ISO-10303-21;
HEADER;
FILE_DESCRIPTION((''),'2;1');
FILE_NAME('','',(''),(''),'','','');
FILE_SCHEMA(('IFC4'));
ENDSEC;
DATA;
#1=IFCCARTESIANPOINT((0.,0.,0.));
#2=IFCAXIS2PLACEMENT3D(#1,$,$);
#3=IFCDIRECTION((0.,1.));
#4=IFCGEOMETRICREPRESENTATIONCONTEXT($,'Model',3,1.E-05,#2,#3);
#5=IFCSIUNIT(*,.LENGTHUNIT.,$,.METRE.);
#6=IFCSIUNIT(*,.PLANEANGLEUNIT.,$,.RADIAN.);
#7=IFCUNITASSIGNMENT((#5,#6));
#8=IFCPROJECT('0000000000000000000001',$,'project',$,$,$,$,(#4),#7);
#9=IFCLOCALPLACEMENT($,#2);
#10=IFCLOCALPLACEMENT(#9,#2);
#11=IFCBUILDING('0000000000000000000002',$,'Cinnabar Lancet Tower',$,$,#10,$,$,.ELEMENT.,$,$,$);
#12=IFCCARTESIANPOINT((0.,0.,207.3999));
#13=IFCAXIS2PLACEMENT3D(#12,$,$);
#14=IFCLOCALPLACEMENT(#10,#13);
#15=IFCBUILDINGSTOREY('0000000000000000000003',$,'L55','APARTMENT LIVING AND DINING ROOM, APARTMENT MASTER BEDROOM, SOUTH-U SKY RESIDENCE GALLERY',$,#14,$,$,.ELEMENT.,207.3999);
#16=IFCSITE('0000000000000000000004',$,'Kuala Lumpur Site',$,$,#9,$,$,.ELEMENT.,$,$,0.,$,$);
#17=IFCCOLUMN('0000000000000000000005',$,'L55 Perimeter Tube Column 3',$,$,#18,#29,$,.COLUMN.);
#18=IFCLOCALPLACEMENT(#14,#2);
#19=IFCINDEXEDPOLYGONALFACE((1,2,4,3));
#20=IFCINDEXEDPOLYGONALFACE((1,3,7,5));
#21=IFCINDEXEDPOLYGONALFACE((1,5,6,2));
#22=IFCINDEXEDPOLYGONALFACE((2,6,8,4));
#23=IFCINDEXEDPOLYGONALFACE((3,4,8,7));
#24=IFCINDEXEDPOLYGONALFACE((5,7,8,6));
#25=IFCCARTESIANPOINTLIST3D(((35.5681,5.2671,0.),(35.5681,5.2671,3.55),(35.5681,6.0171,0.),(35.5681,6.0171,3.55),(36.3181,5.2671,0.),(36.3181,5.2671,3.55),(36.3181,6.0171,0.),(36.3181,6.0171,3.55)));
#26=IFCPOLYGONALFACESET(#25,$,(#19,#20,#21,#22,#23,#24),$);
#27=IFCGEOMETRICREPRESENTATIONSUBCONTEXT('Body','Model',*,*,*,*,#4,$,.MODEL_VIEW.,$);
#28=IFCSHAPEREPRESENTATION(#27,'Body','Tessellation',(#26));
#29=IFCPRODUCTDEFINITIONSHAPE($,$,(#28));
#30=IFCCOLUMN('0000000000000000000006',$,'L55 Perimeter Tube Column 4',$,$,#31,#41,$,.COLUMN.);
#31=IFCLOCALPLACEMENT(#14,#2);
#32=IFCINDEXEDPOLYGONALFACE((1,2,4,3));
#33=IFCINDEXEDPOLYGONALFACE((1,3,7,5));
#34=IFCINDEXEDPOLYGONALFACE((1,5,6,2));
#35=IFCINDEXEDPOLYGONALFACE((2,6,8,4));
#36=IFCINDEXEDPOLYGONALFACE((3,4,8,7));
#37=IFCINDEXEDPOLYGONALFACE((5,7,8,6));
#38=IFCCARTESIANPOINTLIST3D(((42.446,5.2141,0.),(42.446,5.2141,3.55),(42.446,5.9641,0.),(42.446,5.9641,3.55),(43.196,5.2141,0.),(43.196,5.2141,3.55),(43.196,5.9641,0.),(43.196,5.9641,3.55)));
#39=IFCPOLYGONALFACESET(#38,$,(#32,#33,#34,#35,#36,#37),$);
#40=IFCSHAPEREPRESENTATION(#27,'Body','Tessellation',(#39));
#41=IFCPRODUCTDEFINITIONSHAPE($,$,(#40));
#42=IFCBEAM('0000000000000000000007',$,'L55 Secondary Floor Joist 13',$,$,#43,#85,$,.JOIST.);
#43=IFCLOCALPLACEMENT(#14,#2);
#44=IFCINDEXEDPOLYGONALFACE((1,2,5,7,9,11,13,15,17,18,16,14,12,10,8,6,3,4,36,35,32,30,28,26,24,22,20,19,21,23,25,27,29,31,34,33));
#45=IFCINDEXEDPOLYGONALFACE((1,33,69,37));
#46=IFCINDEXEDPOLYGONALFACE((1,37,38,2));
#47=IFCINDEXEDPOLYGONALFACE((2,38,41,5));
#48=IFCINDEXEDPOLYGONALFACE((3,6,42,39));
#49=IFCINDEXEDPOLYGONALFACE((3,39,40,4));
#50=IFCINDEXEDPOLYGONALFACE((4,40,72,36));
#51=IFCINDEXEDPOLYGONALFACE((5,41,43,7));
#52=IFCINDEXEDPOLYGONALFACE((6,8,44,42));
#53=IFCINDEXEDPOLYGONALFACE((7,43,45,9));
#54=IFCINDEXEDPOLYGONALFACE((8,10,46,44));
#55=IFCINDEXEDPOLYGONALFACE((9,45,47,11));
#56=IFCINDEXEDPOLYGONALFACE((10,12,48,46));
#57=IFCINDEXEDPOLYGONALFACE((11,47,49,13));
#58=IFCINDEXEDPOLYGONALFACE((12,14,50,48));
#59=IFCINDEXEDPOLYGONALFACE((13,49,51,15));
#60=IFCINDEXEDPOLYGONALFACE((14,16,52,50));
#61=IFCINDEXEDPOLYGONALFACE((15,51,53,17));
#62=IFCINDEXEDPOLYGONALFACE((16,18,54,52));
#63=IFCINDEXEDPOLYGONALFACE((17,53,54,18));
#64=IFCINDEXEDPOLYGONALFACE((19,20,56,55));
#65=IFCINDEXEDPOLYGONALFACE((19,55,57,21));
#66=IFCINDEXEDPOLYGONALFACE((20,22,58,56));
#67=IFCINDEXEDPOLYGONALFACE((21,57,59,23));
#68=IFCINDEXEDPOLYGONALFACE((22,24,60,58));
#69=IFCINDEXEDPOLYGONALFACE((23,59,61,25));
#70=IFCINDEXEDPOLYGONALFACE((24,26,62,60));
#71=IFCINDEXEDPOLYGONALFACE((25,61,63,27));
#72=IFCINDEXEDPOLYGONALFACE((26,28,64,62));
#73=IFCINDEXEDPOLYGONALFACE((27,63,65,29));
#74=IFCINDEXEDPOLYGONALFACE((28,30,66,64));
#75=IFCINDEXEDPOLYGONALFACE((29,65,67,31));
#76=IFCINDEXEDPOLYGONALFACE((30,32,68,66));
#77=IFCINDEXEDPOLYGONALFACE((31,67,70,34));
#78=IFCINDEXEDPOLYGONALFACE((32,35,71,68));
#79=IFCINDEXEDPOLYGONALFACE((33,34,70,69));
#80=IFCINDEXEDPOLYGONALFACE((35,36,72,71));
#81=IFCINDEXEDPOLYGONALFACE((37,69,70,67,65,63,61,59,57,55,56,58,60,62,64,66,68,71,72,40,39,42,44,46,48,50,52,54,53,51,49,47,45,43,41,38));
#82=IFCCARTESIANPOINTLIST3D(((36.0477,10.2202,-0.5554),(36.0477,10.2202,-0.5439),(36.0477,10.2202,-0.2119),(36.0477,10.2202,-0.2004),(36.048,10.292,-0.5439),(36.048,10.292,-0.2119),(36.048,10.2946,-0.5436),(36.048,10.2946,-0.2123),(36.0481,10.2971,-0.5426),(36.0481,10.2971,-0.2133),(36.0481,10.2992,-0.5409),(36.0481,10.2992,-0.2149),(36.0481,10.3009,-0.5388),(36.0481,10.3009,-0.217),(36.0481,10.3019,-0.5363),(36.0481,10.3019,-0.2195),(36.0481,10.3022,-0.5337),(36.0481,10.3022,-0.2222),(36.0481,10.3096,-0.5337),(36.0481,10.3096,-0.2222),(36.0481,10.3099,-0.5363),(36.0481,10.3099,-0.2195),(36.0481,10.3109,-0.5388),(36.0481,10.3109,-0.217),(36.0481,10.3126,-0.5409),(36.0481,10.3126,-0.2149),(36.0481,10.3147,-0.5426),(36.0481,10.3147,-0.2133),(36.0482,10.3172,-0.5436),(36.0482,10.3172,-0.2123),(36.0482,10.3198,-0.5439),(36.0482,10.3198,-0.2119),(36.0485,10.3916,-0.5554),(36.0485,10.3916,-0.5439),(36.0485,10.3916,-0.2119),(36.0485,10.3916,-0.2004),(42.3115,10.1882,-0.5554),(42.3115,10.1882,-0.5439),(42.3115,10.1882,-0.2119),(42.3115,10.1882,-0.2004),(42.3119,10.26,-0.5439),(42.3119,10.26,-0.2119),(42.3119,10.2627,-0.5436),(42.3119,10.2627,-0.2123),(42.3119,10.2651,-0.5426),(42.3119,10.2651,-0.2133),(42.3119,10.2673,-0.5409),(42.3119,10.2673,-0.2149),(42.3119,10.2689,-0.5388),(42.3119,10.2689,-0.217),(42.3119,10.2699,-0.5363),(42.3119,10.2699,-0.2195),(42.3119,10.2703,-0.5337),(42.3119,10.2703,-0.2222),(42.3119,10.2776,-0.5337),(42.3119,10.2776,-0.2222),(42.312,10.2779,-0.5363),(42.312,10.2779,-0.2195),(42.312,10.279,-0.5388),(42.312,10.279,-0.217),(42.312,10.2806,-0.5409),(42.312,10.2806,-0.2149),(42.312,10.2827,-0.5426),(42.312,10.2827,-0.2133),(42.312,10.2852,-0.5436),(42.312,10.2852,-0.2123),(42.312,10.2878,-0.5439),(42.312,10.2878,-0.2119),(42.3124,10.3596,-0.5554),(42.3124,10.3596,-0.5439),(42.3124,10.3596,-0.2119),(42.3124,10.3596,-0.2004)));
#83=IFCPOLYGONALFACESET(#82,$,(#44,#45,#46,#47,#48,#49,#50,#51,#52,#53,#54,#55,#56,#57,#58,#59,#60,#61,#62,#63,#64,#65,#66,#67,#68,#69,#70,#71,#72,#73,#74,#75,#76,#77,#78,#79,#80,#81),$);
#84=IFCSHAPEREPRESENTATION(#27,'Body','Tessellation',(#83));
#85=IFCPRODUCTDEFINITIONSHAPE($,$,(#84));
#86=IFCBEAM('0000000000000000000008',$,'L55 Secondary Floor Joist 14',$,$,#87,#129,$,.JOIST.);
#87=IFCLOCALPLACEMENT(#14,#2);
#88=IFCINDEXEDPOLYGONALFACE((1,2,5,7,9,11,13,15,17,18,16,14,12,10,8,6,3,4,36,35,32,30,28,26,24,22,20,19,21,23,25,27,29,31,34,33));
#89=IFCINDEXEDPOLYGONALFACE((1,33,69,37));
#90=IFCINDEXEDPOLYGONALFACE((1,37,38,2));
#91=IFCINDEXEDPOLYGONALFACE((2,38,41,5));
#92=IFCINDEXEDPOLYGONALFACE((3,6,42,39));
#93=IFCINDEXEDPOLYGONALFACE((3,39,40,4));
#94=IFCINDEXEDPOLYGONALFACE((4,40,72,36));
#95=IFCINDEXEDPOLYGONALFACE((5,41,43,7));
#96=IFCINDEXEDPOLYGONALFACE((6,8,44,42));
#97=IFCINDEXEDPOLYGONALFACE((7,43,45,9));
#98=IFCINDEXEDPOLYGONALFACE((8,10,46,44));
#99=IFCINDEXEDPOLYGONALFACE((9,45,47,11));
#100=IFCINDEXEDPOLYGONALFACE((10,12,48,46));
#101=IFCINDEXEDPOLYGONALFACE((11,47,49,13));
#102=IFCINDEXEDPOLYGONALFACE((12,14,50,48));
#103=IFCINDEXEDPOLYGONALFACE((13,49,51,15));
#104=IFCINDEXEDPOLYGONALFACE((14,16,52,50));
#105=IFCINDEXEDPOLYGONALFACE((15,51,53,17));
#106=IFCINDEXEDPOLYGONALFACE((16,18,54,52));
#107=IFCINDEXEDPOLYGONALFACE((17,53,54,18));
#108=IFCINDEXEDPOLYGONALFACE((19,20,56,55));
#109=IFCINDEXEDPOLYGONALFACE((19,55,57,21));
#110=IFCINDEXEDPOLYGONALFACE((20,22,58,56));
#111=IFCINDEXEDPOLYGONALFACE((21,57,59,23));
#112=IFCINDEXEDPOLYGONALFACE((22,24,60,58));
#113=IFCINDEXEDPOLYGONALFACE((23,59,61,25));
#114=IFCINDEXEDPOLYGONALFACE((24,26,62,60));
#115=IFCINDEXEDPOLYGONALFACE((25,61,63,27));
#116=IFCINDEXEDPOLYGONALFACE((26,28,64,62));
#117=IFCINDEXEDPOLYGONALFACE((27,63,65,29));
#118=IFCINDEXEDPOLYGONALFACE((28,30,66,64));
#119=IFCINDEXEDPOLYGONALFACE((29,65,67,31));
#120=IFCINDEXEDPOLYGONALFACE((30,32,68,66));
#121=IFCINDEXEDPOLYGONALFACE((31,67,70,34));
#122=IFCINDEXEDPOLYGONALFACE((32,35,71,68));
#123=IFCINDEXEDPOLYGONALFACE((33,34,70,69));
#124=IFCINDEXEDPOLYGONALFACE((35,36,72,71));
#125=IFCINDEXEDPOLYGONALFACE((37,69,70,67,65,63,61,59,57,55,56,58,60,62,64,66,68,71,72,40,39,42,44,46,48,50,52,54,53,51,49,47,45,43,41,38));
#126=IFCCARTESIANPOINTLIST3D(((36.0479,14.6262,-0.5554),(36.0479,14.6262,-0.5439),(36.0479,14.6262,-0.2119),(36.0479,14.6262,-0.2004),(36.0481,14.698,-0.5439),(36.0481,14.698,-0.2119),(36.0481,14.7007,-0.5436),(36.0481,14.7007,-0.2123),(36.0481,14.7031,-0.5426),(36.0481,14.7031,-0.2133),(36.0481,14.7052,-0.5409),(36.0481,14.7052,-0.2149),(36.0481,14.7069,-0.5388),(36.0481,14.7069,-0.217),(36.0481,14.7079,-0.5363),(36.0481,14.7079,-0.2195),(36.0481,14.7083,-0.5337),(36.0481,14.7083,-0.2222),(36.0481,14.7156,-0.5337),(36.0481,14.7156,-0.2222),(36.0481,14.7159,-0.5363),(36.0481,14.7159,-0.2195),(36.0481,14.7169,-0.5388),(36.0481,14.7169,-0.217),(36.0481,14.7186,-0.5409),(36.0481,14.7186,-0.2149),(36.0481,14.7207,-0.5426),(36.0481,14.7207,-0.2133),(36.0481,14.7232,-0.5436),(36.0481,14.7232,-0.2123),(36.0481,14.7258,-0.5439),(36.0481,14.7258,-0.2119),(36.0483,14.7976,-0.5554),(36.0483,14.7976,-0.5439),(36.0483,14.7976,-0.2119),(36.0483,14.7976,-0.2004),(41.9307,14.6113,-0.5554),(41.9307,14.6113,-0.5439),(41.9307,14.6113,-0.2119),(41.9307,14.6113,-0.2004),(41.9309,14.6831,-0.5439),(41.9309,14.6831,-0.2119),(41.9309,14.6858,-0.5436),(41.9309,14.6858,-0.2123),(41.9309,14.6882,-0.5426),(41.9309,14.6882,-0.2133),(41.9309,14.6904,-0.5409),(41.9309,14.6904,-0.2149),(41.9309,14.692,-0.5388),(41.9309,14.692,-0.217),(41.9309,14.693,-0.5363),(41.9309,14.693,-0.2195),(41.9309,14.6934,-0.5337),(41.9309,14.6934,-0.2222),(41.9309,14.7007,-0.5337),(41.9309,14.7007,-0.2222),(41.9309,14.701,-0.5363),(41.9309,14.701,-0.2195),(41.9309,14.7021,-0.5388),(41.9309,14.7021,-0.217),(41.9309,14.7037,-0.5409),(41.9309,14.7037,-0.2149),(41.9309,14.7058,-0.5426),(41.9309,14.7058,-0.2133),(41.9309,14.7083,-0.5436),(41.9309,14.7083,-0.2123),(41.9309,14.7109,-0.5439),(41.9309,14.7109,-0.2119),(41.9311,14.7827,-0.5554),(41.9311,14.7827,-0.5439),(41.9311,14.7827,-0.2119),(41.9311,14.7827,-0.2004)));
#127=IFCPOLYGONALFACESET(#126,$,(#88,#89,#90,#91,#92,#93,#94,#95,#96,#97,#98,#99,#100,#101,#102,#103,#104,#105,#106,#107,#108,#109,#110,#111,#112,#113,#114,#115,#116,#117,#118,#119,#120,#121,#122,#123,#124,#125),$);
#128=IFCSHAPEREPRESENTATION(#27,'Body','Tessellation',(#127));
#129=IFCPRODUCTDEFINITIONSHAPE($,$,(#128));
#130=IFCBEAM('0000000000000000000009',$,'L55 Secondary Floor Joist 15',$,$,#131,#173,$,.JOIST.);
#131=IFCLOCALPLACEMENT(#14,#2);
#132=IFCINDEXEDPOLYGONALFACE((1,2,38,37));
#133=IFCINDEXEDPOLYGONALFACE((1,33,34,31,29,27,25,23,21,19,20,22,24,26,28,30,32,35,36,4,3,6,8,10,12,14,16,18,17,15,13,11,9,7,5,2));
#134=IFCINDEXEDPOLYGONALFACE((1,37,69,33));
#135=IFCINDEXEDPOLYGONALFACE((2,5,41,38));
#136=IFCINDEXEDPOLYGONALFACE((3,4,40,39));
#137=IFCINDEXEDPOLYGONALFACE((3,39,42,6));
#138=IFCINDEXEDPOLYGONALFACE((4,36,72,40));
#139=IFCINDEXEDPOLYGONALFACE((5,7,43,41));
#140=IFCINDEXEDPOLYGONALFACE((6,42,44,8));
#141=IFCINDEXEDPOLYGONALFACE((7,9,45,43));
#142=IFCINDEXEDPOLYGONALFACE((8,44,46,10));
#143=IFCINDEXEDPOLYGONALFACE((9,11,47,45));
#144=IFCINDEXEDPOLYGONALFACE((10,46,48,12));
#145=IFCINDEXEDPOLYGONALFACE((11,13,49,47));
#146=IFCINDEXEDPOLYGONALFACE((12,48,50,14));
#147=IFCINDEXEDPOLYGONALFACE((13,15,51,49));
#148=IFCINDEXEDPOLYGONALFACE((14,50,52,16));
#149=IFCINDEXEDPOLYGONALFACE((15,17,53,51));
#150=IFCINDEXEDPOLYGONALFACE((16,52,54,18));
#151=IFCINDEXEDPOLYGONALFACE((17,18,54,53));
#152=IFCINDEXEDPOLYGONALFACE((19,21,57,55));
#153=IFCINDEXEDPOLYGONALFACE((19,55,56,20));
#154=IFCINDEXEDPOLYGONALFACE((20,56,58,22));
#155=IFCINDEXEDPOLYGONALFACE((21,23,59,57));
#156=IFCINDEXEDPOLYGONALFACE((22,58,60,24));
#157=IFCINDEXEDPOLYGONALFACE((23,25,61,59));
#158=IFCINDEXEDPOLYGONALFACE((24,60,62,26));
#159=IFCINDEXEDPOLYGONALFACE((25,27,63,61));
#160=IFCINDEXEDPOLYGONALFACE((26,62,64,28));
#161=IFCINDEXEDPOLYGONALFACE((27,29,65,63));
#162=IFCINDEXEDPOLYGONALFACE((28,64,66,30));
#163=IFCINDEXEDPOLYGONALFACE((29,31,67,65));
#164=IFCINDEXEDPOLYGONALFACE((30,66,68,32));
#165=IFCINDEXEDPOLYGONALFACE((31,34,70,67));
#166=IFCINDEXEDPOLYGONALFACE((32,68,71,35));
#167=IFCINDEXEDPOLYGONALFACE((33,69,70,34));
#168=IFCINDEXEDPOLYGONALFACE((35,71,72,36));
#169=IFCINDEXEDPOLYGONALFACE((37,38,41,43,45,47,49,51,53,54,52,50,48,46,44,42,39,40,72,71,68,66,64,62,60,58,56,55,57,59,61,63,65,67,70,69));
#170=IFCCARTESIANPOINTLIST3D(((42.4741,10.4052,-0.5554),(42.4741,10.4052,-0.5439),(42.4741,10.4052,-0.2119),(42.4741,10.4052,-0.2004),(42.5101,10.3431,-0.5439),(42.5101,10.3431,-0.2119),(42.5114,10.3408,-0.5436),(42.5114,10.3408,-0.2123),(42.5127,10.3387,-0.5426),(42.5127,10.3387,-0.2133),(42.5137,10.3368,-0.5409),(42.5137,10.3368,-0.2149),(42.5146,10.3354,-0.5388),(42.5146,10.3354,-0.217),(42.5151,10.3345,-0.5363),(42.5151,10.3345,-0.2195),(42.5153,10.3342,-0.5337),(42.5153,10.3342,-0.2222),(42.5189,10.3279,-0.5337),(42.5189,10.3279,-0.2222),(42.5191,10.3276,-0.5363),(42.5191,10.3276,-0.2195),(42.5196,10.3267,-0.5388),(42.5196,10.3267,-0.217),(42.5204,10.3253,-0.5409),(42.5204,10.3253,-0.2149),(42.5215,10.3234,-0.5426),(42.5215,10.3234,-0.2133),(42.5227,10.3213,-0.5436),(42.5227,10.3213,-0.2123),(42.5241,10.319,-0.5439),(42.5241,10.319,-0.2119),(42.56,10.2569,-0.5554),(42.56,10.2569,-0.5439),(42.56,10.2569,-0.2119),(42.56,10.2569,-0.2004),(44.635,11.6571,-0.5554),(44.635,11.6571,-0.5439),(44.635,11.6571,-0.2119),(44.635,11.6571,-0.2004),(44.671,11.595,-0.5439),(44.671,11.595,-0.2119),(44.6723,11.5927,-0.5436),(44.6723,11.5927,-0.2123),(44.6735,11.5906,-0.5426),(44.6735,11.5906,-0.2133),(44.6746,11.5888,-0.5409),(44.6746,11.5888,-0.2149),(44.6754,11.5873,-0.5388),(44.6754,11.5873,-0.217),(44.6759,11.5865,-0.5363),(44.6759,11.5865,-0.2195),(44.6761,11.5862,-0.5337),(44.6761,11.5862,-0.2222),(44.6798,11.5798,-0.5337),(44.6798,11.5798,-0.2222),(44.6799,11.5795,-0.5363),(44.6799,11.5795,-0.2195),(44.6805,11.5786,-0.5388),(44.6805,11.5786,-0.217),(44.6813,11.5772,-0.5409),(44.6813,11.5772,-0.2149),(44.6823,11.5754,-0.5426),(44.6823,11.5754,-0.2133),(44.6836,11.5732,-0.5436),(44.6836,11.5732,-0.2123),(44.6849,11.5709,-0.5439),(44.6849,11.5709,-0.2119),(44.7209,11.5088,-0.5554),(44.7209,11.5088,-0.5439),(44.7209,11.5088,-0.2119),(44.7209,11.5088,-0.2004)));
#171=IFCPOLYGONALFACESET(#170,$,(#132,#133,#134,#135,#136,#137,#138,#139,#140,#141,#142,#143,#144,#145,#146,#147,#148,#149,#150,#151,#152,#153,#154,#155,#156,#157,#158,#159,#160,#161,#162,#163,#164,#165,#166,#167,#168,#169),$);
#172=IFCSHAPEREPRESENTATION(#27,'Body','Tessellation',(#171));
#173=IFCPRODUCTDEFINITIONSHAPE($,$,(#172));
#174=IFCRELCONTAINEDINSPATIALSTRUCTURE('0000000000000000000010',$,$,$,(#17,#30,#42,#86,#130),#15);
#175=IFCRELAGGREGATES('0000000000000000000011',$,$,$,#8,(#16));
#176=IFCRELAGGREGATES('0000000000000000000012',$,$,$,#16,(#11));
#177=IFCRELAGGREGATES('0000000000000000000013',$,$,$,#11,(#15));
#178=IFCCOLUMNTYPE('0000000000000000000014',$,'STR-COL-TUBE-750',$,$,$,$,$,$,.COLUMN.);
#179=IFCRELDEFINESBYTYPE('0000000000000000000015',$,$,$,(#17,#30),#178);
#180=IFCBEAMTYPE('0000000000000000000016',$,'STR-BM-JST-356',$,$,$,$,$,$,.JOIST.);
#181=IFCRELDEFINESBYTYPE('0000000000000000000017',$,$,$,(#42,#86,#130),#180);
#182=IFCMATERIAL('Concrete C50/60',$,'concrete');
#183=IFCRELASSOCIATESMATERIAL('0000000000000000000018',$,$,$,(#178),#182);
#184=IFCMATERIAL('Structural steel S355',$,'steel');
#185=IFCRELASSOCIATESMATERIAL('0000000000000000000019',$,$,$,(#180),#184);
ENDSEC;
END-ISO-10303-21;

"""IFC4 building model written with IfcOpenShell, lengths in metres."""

from ifc_helpers import new_model, si_unit, direction, frame, origin, origin_2d, place, context, subcontext, project, spatial, rectangle, i_section, extrude, material, material_profile, profile_set, type_object, element, save


model = new_model("IFC4")

# Units and contexts
model_context = context("Model", 3, precision=1e-05, world=origin(), true_north=direction((0.0, 1.0)))
body_context = subcontext(model_context, "Body", "Model", "MODEL_VIEW")
ifc_project = project(units=[si_unit("LENGTHUNIT", "METRE"), si_unit("PLANEANGLEUNIT", "RADIAN")], contexts=[model_context])

# Site, building, storey
site_placement = place(None, origin())
site = spatial("IfcSite", under=ifc_project, at=site_placement, Name="Kuala Lumpur Site", CompositionType="ELEMENT", RefElevation=0.0)
building_placement = place(site_placement, origin())
building = spatial("IfcBuilding", under=site, at=building_placement, Name="Cinnabar Lancet Tower", CompositionType="ELEMENT")
storey_placement = place(building_placement, frame((0.0, 0.0, 207.3999)))
storey = spatial("IfcBuildingStorey", under=building, at=storey_placement, Name="L55", Description="APARTMENT LIVING AND DINING ROOM, APARTMENT MASTER BEDROOM, SOUTH-U SKY RESIDENCE GALLERY", CompositionType="ELEMENT", Elevation=207.3999)

# Columns
ifc_material_1 = material(Name="Concrete C50/60", Category="concrete")
ifc_material_profile_1 = material_profile(ifc_material_1, rectangle(XDim=0.75, YDim=0.75, at=origin_2d()), Name="RC-COL 750x750")
ifc_profile_set_1 = profile_set([ifc_material_profile_1], Name="Concrete C50/60")
column_type = type_object("IfcColumnType", Name="STR-COL-TUBE-750", PredefinedType="COLUMN", material=ifc_profile_set_1)
for number, where, z_axis, x_axis, name in (
    (1, (35.9431, 5.6421, 0.0), (0.0, 0.0, 1.0), (1.0, 0.0, 0.0), "L55 Perimeter Tube Column 3"),
    (2, (42.821, 5.5891, 0.0), (0.0, 0.0, 1.0), (1.0, 0.0, 0.0), "L55 Perimeter Tube Column 4"),
):
    element("IfcColumn", number, at=place(storey_placement, frame(where, z_axis=z_axis, x_axis=x_axis)), inside=storey, type_object=column_type, Name=name, PredefinedType="COLUMN", context=body_context, shape_type="SweptSolid", body=[
        extrude(rectangle(XDim=0.75, YDim=0.75, at=origin_2d()), origin(), (0.0, 0.0, 1.0), 3.55),
    ])

# Beams
ifc_material_2 = material(Name="Structural steel S355", Category="steel")
ifc_material_profile_2 = material_profile(ifc_material_2, i_section(OverallWidth=0.1714, OverallDepth=0.355, WebThickness=0.0073, FlangeThickness=0.0115, FilletRadius=0.0103, at=origin_2d()), Name="UKB 356x171x51")
ifc_profile_set_2 = profile_set([ifc_material_profile_2], Name="Structural steel S355")
beam_type_1 = type_object("IfcBeamType", Name="STR-BM-JST-356", PredefinedType="JOIST", material=ifc_profile_set_2)
beam_1_placement = place(storey_placement, frame((36.0481, 10.3059, -0.3779), z_axis=(0.999987, -0.005106, 0.0), x_axis=(0.005106, 0.999987, 0.0)))
element("IfcBeam", 3, at=beam_1_placement, inside=storey, type_object=beam_type_1, Name="L55 Secondary Floor Joist 13", PredefinedType="JOIST", context=body_context, shape_type="SweptSolid", body=[
    extrude(i_section(OverallWidth=0.1714, OverallDepth=0.355, WebThickness=0.0073, FlangeThickness=0.0115, FilletRadius=0.0103, at=origin_2d()), origin(), (0.0, 0.0, 1.0), 6.2639),
])
beam_2_placement = place(storey_placement, frame((36.0481, 14.7119, -0.3779), z_axis=(0.999997, -0.002532, 0.0), x_axis=(0.002532, 0.999997, 0.0)))
element("IfcBeam", 4, at=beam_2_placement, inside=storey, type_object=beam_type_1, Name="L55 Secondary Floor Joist 14", PredefinedType="JOIST", context=body_context, shape_type="SweptSolid", body=[
    extrude(i_section(OverallWidth=0.1714, OverallDepth=0.355, WebThickness=0.0073, FlangeThickness=0.0115, FilletRadius=0.0103, at=origin_2d()), origin(), (0.0, 0.0, 1.0), 5.8828),
])
beam_3_placement = place(storey_placement, frame((42.5171, 10.3311, -0.3779), z_axis=(0.865268, 0.50131, 0.0), x_axis=(-0.50131, 0.865268, 0.0)))
element("IfcBeam", 5, at=beam_3_placement, inside=storey, type_object=beam_type_1, Name="L55 Secondary Floor Joist 15", PredefinedType="JOIST", context=body_context, shape_type="SweptSolid", body=[
    extrude(i_section(OverallWidth=0.1714, OverallDepth=0.355, WebThickness=0.0073, FlangeThickness=0.0115, FilletRadius=0.0103, at=origin_2d()), origin(), (0.0, 0.0, 1.0), 2.4973),
])

save(model, "model.ifc")
